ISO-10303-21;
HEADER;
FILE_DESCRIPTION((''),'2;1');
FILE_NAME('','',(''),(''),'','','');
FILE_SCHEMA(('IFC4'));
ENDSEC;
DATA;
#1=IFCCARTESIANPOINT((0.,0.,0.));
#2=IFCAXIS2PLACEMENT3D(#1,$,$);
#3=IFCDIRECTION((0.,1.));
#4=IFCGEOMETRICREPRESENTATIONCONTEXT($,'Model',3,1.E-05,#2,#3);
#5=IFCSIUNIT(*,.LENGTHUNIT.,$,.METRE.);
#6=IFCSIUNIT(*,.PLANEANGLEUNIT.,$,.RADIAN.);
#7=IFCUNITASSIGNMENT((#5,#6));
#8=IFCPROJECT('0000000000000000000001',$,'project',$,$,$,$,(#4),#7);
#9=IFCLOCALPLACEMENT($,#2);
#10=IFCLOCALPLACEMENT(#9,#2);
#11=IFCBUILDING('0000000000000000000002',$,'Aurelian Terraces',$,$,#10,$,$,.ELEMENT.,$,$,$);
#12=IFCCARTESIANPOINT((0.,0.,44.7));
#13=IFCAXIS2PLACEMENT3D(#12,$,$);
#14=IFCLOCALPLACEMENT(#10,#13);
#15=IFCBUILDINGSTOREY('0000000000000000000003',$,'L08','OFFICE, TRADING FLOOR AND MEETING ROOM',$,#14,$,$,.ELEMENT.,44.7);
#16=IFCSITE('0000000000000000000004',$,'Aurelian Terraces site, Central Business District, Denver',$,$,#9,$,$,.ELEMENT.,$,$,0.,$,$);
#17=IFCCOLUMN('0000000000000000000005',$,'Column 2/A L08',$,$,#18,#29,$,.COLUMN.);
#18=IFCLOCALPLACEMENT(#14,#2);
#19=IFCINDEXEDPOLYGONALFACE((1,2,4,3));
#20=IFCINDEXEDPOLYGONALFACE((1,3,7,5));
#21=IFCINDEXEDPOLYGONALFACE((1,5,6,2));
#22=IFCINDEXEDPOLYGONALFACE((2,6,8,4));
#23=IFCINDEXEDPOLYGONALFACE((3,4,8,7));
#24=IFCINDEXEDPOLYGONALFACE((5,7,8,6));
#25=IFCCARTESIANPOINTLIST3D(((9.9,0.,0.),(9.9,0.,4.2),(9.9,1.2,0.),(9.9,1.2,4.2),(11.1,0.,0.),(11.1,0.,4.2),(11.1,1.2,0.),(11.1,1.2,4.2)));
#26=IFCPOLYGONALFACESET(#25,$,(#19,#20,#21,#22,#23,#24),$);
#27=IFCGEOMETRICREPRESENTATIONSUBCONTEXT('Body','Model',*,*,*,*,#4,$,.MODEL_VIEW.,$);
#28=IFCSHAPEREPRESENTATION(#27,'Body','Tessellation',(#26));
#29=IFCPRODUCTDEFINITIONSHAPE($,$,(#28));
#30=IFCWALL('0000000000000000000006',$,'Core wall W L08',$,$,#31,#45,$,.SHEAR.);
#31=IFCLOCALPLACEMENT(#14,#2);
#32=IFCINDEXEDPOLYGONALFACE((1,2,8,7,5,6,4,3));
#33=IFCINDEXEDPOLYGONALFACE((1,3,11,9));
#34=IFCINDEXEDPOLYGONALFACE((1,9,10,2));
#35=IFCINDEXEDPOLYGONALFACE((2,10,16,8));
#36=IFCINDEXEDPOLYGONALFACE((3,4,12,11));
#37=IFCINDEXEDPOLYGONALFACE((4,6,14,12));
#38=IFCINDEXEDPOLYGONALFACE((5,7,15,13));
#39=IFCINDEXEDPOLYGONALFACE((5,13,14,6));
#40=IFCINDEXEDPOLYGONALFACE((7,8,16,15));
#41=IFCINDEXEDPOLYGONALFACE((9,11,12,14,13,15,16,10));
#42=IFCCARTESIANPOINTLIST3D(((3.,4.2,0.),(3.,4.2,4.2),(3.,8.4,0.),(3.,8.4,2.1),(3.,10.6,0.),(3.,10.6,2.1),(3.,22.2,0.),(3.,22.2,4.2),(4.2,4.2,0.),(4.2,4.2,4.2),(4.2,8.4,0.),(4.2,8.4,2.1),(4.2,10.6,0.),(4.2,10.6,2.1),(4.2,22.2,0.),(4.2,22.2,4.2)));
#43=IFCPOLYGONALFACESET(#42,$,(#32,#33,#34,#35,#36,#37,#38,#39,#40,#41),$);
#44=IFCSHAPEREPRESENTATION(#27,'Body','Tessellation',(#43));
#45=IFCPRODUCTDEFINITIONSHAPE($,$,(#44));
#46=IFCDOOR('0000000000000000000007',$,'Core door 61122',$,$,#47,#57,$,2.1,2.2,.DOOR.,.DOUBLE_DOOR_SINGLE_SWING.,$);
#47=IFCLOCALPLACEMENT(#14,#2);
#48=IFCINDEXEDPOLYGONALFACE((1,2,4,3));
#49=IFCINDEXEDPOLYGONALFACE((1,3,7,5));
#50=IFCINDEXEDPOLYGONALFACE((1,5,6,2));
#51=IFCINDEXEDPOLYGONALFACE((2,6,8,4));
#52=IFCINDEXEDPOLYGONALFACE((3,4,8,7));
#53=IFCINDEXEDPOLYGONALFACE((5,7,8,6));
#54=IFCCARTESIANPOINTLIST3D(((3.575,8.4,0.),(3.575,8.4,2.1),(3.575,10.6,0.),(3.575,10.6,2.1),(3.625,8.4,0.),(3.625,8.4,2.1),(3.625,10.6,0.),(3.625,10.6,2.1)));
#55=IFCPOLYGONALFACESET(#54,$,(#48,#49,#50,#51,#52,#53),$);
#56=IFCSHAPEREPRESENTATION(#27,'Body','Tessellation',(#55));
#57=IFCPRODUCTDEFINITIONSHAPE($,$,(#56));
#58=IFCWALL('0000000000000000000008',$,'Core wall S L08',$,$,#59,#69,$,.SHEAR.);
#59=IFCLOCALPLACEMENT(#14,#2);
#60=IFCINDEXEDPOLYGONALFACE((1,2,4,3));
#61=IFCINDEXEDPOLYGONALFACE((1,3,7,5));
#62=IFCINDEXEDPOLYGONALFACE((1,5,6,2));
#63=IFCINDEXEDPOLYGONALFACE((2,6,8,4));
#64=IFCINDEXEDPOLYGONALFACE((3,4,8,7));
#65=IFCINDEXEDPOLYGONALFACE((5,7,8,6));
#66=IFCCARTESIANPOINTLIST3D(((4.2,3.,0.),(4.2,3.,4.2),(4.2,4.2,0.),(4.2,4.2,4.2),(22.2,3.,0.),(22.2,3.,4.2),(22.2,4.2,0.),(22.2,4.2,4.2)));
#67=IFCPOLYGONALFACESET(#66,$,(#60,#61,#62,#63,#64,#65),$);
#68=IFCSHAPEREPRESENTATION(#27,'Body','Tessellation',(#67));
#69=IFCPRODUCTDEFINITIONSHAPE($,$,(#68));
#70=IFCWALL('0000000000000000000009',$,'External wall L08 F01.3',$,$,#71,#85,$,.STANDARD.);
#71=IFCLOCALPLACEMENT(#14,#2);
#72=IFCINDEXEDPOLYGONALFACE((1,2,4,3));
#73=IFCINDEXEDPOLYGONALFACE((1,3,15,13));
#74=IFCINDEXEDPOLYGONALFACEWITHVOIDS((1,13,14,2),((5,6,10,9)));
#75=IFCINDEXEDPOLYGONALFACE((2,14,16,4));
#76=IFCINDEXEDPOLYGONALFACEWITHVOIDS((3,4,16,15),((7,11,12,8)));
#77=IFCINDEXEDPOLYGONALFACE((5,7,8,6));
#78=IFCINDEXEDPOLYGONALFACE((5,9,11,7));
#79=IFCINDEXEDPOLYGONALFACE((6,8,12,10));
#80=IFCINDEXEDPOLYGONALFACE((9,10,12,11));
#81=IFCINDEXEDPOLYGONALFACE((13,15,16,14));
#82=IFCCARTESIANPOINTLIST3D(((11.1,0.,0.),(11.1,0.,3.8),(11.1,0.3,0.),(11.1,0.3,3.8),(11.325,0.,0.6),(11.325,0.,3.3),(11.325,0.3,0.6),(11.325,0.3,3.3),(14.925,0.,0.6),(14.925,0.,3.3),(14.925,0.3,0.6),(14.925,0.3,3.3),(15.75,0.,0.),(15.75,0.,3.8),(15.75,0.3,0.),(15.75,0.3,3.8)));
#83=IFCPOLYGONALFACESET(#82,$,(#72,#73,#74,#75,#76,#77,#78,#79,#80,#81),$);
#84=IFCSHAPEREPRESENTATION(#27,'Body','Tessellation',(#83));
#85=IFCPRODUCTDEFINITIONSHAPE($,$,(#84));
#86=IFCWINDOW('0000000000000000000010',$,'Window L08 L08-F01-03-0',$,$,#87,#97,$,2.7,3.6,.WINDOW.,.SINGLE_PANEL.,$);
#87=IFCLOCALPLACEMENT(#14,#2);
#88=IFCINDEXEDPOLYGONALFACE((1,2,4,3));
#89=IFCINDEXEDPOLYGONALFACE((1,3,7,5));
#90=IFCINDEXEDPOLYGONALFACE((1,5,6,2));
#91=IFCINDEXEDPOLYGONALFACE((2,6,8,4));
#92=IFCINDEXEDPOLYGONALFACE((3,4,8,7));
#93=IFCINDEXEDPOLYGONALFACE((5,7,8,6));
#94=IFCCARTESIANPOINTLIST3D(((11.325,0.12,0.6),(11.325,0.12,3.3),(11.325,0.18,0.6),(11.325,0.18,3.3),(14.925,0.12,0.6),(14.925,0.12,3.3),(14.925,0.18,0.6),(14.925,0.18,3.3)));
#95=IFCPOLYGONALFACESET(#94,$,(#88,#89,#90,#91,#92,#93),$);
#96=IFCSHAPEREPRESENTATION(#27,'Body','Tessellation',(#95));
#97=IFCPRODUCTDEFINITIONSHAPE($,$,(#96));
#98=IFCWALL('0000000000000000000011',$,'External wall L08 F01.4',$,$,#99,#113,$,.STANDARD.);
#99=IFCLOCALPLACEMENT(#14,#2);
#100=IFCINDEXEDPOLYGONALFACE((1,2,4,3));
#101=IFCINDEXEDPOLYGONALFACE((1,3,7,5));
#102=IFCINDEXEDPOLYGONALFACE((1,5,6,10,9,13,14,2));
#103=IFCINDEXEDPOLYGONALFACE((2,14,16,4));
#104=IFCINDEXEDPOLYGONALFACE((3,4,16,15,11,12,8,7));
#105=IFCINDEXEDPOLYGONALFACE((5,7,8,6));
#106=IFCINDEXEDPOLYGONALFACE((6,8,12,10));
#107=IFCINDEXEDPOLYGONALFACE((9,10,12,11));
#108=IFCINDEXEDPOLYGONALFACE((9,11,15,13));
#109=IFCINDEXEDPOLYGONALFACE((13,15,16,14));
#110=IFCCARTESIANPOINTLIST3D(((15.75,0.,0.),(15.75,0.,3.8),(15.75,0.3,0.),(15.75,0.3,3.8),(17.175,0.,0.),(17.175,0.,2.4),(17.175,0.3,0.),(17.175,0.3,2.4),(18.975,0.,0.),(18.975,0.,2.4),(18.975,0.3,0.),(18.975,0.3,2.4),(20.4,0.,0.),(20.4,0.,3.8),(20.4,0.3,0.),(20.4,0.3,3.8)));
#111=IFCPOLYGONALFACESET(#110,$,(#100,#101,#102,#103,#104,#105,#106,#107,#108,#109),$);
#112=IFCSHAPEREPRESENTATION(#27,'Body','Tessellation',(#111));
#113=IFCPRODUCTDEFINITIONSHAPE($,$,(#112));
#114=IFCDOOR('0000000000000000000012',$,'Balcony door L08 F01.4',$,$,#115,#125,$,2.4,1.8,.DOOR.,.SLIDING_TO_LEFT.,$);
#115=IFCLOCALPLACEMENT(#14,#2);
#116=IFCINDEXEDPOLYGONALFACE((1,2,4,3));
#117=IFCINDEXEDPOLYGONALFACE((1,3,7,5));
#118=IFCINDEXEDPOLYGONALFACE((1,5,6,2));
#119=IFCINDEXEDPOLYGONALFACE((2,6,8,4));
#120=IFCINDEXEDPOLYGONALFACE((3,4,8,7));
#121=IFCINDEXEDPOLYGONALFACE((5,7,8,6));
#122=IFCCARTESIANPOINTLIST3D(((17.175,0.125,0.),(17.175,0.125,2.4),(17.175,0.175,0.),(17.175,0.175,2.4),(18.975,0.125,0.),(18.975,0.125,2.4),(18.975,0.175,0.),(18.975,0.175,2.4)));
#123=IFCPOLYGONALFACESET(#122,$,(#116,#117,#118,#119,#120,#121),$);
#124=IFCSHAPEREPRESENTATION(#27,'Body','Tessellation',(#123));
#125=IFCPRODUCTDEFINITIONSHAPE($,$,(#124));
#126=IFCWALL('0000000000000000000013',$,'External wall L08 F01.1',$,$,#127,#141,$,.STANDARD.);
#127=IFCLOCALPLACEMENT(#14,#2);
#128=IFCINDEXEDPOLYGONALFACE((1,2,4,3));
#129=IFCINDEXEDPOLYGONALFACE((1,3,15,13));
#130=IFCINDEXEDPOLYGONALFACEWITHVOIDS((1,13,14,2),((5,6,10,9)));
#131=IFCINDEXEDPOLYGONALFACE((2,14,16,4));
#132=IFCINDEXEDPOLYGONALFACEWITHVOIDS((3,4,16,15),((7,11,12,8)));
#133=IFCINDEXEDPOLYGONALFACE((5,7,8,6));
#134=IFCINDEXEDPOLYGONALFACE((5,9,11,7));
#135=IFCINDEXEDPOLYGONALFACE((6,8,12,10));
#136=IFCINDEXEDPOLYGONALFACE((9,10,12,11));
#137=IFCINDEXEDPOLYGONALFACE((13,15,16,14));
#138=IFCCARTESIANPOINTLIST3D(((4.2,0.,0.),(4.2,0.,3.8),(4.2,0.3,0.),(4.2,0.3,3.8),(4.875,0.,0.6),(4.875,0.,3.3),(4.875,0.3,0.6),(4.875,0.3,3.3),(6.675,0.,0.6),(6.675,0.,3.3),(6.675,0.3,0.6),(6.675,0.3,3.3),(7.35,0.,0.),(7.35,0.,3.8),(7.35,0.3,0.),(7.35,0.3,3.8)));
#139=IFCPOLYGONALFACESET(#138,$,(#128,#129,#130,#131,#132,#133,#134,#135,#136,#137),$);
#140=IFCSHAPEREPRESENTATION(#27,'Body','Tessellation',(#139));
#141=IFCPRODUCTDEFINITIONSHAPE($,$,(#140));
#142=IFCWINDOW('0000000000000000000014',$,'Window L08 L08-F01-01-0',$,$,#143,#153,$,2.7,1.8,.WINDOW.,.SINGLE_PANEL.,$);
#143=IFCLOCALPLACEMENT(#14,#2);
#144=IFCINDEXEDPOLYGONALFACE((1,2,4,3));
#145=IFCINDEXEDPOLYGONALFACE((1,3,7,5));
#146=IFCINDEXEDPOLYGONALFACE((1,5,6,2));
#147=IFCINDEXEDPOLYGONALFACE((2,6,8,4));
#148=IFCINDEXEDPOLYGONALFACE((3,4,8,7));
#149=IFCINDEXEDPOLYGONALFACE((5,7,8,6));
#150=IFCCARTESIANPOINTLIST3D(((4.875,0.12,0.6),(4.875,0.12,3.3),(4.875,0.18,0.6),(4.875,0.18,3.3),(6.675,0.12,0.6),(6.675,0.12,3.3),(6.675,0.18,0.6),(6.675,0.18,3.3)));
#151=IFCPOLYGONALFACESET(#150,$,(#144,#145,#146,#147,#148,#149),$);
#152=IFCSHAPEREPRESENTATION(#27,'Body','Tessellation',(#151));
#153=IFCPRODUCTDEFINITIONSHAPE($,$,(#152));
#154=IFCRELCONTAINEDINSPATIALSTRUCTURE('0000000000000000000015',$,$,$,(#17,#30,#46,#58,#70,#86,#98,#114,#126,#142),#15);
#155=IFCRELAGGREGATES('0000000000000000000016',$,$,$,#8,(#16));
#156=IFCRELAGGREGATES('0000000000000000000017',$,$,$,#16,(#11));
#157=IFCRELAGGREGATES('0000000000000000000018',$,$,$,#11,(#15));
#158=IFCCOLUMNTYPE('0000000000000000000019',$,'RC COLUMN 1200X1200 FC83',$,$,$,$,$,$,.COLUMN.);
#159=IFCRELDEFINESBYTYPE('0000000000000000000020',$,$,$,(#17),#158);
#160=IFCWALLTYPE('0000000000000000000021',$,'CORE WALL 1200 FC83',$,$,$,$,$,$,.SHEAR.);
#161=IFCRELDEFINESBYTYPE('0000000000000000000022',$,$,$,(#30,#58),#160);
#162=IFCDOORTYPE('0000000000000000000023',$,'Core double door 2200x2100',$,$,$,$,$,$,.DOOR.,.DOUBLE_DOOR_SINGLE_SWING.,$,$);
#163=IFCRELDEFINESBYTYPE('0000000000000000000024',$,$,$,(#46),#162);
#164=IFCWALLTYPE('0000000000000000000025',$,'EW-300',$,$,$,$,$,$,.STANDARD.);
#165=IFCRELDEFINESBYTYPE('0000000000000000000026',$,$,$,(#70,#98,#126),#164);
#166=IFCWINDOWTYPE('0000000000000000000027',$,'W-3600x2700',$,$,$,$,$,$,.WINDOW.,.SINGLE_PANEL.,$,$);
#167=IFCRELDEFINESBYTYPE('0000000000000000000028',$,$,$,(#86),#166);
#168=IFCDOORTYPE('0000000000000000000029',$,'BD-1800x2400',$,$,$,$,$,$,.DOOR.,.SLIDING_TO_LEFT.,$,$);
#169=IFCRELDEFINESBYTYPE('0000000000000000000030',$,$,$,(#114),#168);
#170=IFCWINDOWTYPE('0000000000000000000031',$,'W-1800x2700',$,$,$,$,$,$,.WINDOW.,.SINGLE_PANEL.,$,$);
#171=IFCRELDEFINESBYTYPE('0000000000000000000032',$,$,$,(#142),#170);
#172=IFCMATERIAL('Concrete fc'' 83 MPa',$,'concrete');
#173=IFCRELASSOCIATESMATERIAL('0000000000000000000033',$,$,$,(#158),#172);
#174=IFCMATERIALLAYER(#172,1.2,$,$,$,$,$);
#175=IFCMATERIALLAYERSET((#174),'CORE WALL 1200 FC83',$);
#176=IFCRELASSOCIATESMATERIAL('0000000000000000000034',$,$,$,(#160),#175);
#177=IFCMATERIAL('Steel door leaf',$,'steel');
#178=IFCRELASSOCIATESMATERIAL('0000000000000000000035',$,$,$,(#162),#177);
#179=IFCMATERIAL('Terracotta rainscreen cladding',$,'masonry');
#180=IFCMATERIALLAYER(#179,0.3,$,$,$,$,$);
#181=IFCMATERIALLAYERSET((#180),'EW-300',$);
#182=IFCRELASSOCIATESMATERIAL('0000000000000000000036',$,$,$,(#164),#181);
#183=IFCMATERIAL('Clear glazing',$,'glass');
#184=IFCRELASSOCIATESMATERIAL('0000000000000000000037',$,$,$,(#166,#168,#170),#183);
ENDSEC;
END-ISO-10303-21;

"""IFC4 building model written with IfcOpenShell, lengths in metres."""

from ifc_helpers import new_model, si_unit, direction, frame, frame_2d, origin, origin_2d, place, context, subcontext, project, spatial, rectangle, extrude, source, transform, mapped, material, layer, layer_set, material_profile, profile_set, type_object, element, fill, save


model = new_model("IFC4")

# Units and contexts
model_context = context("Model", 3, precision=1e-05, world=origin(), true_north=direction((0.0, 1.0)))
body_context = subcontext(model_context, "Body", "Model", "MODEL_VIEW")
ifc_project = project(units=[si_unit("LENGTHUNIT", "METRE"), si_unit("PLANEANGLEUNIT", "RADIAN")], contexts=[model_context])

# Site, building, storey
site_placement = place(None, origin())
site = spatial("IfcSite", under=ifc_project, at=site_placement, Name="Aurelian Terraces site, Central Business District, Denver", CompositionType="ELEMENT", RefElevation=0.0)
building_placement = place(site_placement, origin())
building = spatial("IfcBuilding", under=site, at=building_placement, Name="Aurelian Terraces", CompositionType="ELEMENT")
storey_placement = place(building_placement, frame((0.0, 0.0, 44.7)))
storey = spatial("IfcBuildingStorey", under=building, at=storey_placement, Name="L08", Description="OFFICE, TRADING FLOOR AND MEETING ROOM", CompositionType="ELEMENT", Elevation=44.7)

# Column
ifc_material_1 = material(Name="Concrete fc' 83 MPa", Category="concrete")
ifc_material_profile = material_profile(ifc_material_1, rectangle(XDim=1.2, YDim=1.2, at=origin_2d()))
ifc_profile_set = profile_set([ifc_material_profile], Name="Concrete fc' 83 MPa")
column_type = type_object("IfcColumnType", Name="RC COLUMN 1200X1200 FC83", PredefinedType="COLUMN", material=ifc_profile_set)
shared_shape_1 = source(origin(), body_context, "Body", "SweptSolid", [
    extrude(rectangle(XDim=1.2, YDim=1.2, at=origin_2d()), origin(), (0.0, 0.0, 1.0), 4.2),
])
column_placement = place(storey_placement, frame((10.5, 0.6, 0.0), z_axis=(0.0, 0.0, 1.0), x_axis=(1.0, 0.0, 0.0)))
element("IfcColumn", 1, at=column_placement, inside=storey, type_object=column_type, Name="Column 2/A L08", PredefinedType="COLUMN", context=body_context, shape_type="MappedRepresentation", body=[
    mapped(shared_shape_1, transform((0.0, 0.0, 0.0), scale=1.0)),
])

# Wall, opening, door
ifc_layer_1 = layer(ifc_material_1, 1.2)
ifc_layer_set_1 = layer_set([ifc_layer_1], Name="CORE WALL 1200 FC83")
wall_type_1 = type_object("IfcWallType", Name="CORE WALL 1200 FC83", PredefinedType="SHEAR", material=ifc_layer_set_1)
shared_shape_2 = source(origin(), body_context, "Body", "SweptSolid", [
    extrude(rectangle(XDim=18.0, YDim=1.2, at=frame_2d((9.0, 0.0))), origin(), (0.0, 0.0, 1.0), 4.2),
])
wall_1_placement = place(storey_placement, frame((3.6, 4.2, 0.0), z_axis=(0.0, 0.0, 1.0), x_axis=(0.0, 1.0, 0.0)))
wall_1 = element("IfcWall", 2, at=wall_1_placement, inside=storey, type_object=wall_type_1, Name="Core wall W L08", PredefinedType="SHEAR", context=body_context, shape_type="MappedRepresentation", body=[
    mapped(shared_shape_2, transform((0.0, 0.0, 0.0), scale=1.0)),
])
shared_shape_3 = source(origin(), body_context, "Body", "SweptSolid", [
    extrude(rectangle(XDim=2.2, YDim=2.1, at=frame_2d((1.1, 1.05))), frame((0.0, 0.61, 0.0), z_axis=(0.0, -1.0, 0.0), x_axis=(1.0, 0.0, 0.0)), (0.0, 0.0, 1.0), 1.22),
])
opening_1_placement = place(wall_1_placement, frame((4.2, 0.0, 0.0)))
opening_1 = element("IfcOpeningElement", 3, at=opening_1_placement, cuts=wall_1, PredefinedType="OPENING", context=body_context, shape_type="MappedRepresentation", body=[
    mapped(shared_shape_3, transform((0.0, 0.0, 0.0), scale=1.0)),
])
ifc_material_2 = material(Name="Steel door leaf", Category="steel")
door_type_1 = type_object("IfcDoorType", Name="Core double door 2200x2100", OperationType="DOUBLE_DOOR_SINGLE_SWING", PredefinedType="DOOR", material=ifc_material_2)
shared_shape_4 = source(origin(), body_context, "Body", "SweptSolid", [
    extrude(rectangle(XDim=2.2, YDim=2.1, at=frame_2d((1.1, 1.05))), frame((0.0, 0.025, 0.0), z_axis=(0.0, -1.0, 0.0), x_axis=(1.0, 0.0, 0.0)), (0.0, 0.0, 1.0), 0.05),
])
door_1_placement = place(opening_1_placement, origin())
door_1 = element("IfcDoor", 4, at=door_1_placement, inside=storey, type_object=door_type_1, Name="Core door 61122", OperationType="DOUBLE_DOOR_SINGLE_SWING", OverallHeight=2.1, OverallWidth=2.2, PredefinedType="DOOR", context=body_context, shape_type="MappedRepresentation", body=[
    mapped(shared_shape_4, transform((0.0, 0.0, 0.0), scale=1.0)),
])
fill(opening_1, door_1)

# Wall
wall_2_placement = place(storey_placement, frame((4.2, 3.6, 0.0), z_axis=(0.0, 0.0, 1.0), x_axis=(1.0, 0.0, 0.0)))
element("IfcWall", 5, at=wall_2_placement, inside=storey, type_object=wall_type_1, Name="Core wall S L08", PredefinedType="SHEAR", context=body_context, shape_type="MappedRepresentation", body=[
    mapped(shared_shape_2, transform((0.0, 0.0, 0.0), scale=1.0)),
])

# Wall, opening, window
ifc_material_3 = material(Name="Terracotta rainscreen cladding", Category="masonry")
ifc_layer_2 = layer(ifc_material_3, 0.3)
ifc_layer_set_2 = layer_set([ifc_layer_2], Name="EW-300")
wall_type_2 = type_object("IfcWallType", Name="EW-300", PredefinedType="STANDARD", material=ifc_layer_set_2)
shared_shape_5 = source(origin(), body_context, "Body", "SweptSolid", [
    extrude(rectangle(XDim=4.65, YDim=0.3, at=frame_2d((2.325, 0.0))), origin(), (0.0, 0.0, 1.0), 3.8),
])
wall_3_placement = place(storey_placement, frame((11.1, 0.15, 0.0), z_axis=(0.0, 0.0, 1.0), x_axis=(1.0, 0.0, 0.0)))
wall_3 = element("IfcWall", 6, at=wall_3_placement, inside=storey, type_object=wall_type_2, Name="External wall L08 F01.3", PredefinedType="STANDARD", context=body_context, shape_type="MappedRepresentation", body=[
    mapped(shared_shape_5, transform((0.0, 0.0, 0.0), scale=1.0)),
])
shared_shape_6 = source(origin(), body_context, "Body", "SweptSolid", [
    extrude(rectangle(XDim=3.6, YDim=2.7, at=frame_2d((1.8, 1.35))), frame((0.0, 0.16, 0.0), z_axis=(0.0, -1.0, 0.0), x_axis=(1.0, 0.0, 0.0)), (0.0, 0.0, 1.0), 0.32),
])
opening_2_placement = place(wall_3_placement, frame((0.225, 0.0, 0.6)))
opening_2 = element("IfcOpeningElement", 7, at=opening_2_placement, cuts=wall_3, PredefinedType="OPENING", context=body_context, shape_type="MappedRepresentation", body=[
    mapped(shared_shape_6, transform((0.0, 0.0, 0.0), scale=1.0)),
])
ifc_material_4 = material(Name="Clear glazing", Category="glass")
window_type_1 = type_object("IfcWindowType", Name="W-3600x2700", PartitioningType="SINGLE_PANEL", PredefinedType="WINDOW", material=ifc_material_4)
shared_shape_7 = source(origin(), body_context, "Body", "SweptSolid", [
    extrude(rectangle(XDim=3.6, YDim=2.7, at=frame_2d((1.8, 1.35))), frame((0.0, 0.03, 0.0), z_axis=(0.0, -1.0, 0.0), x_axis=(1.0, 0.0, 0.0)), (0.0, 0.0, 1.0), 0.06),
])
window_1_placement = place(opening_2_placement, origin())
window_1 = element("IfcWindow", 8, at=window_1_placement, inside=storey, type_object=window_type_1, Name="Window L08 L08-F01-03-0", OverallHeight=2.7, OverallWidth=3.6, PartitioningType="SINGLE_PANEL", PredefinedType="WINDOW", context=body_context, shape_type="MappedRepresentation", body=[
    mapped(shared_shape_7, transform((0.0, 0.0, 0.0), scale=1.0)),
])
fill(opening_2, window_1)

# Wall, opening, door
wall_4_placement = place(storey_placement, frame((15.75, 0.15, 0.0), z_axis=(0.0, 0.0, 1.0), x_axis=(1.0, 0.0, 0.0)))
wall_4 = element("IfcWall", 9, at=wall_4_placement, inside=storey, type_object=wall_type_2, Name="External wall L08 F01.4", PredefinedType="STANDARD", context=body_context, shape_type="MappedRepresentation", body=[
    mapped(shared_shape_5, transform((0.0, 0.0, 0.0), scale=1.0)),
])
shared_shape_8 = source(origin(), body_context, "Body", "SweptSolid", [
    extrude(rectangle(XDim=1.8, YDim=2.4, at=frame_2d((0.9, 1.2))), frame((0.0, 0.16, 0.0), z_axis=(0.0, -1.0, 0.0), x_axis=(1.0, 0.0, 0.0)), (0.0, 0.0, 1.0), 0.32),
])
opening_3_placement = place(wall_4_placement, frame((1.425, 0.0, 0.0)))
opening_3 = element("IfcOpeningElement", 10, at=opening_3_placement, cuts=wall_4, PredefinedType="OPENING", context=body_context, shape_type="MappedRepresentation", body=[
    mapped(shared_shape_8, transform((0.0, 0.0, 0.0), scale=1.0)),
])
door_type_2 = type_object("IfcDoorType", Name="BD-1800x2400", OperationType="SLIDING_TO_LEFT", PredefinedType="DOOR", material=ifc_material_4)
shared_shape_9 = source(origin(), body_context, "Body", "SweptSolid", [
    extrude(rectangle(XDim=1.8, YDim=2.4, at=frame_2d((0.9, 1.2))), frame((0.0, 0.025, 0.0), z_axis=(0.0, -1.0, 0.0), x_axis=(1.0, 0.0, 0.0)), (0.0, 0.0, 1.0), 0.05),
])
door_2_placement = place(opening_3_placement, origin())
door_2 = element("IfcDoor", 11, at=door_2_placement, inside=storey, type_object=door_type_2, Name="Balcony door L08 F01.4", OperationType="SLIDING_TO_LEFT", OverallHeight=2.4, OverallWidth=1.8, PredefinedType="DOOR", context=body_context, shape_type="MappedRepresentation", body=[
    mapped(shared_shape_9, transform((0.0, 0.0, 0.0), scale=1.0)),
])
fill(opening_3, door_2)

# Wall, opening, window
shared_shape_10 = source(origin(), body_context, "Body", "SweptSolid", [
    extrude(rectangle(XDim=3.15, YDim=0.3, at=frame_2d((1.575, 0.0))), origin(), (0.0, 0.0, 1.0), 3.8),
])
wall_5_placement = place(storey_placement, frame((4.2, 0.15, 0.0), z_axis=(0.0, 0.0, 1.0), x_axis=(1.0, 0.0, 0.0)))
wall_5 = element("IfcWall", 12, at=wall_5_placement, inside=storey, type_object=wall_type_2, Name="External wall L08 F01.1", PredefinedType="STANDARD", context=body_context, shape_type="MappedRepresentation", body=[
    mapped(shared_shape_10, transform((0.0, 0.0, 0.0), scale=1.0)),
])
shared_shape_11 = source(origin(), body_context, "Body", "SweptSolid", [
    extrude(rectangle(XDim=1.8, YDim=2.7, at=frame_2d((0.9, 1.35))), frame((0.0, 0.16, 0.0), z_axis=(0.0, -1.0, 0.0), x_axis=(1.0, 0.0, 0.0)), (0.0, 0.0, 1.0), 0.32),
])
opening_4_placement = place(wall_5_placement, frame((0.675, 0.0, 0.6)))
opening_4 = element("IfcOpeningElement", 13, at=opening_4_placement, cuts=wall_5, PredefinedType="OPENING", context=body_context, shape_type="MappedRepresentation", body=[
    mapped(shared_shape_11, transform((0.0, 0.0, 0.0), scale=1.0)),
])
window_type_2 = type_object("IfcWindowType", Name="W-1800x2700", PartitioningType="SINGLE_PANEL", PredefinedType="WINDOW", material=ifc_material_4)
shared_shape_12 = source(origin(), body_context, "Body", "SweptSolid", [
    extrude(rectangle(XDim=1.8, YDim=2.7, at=frame_2d((0.9, 1.35))), frame((0.0, 0.03, 0.0), z_axis=(0.0, -1.0, 0.0), x_axis=(1.0, 0.0, 0.0)), (0.0, 0.0, 1.0), 0.06),
])
window_2_placement = place(opening_4_placement, origin())
window_2 = element("IfcWindow", 14, at=window_2_placement, inside=storey, type_object=window_type_2, Name="Window L08 L08-F01-01-0", OverallHeight=2.7, OverallWidth=1.8, PartitioningType="SINGLE_PANEL", PredefinedType="WINDOW", context=body_context, shape_type="MappedRepresentation", body=[
    mapped(shared_shape_12, transform((0.0, 0.0, 0.0), scale=1.0)),
])
fill(opening_4, window_2)

save(model, "model.ifc")
